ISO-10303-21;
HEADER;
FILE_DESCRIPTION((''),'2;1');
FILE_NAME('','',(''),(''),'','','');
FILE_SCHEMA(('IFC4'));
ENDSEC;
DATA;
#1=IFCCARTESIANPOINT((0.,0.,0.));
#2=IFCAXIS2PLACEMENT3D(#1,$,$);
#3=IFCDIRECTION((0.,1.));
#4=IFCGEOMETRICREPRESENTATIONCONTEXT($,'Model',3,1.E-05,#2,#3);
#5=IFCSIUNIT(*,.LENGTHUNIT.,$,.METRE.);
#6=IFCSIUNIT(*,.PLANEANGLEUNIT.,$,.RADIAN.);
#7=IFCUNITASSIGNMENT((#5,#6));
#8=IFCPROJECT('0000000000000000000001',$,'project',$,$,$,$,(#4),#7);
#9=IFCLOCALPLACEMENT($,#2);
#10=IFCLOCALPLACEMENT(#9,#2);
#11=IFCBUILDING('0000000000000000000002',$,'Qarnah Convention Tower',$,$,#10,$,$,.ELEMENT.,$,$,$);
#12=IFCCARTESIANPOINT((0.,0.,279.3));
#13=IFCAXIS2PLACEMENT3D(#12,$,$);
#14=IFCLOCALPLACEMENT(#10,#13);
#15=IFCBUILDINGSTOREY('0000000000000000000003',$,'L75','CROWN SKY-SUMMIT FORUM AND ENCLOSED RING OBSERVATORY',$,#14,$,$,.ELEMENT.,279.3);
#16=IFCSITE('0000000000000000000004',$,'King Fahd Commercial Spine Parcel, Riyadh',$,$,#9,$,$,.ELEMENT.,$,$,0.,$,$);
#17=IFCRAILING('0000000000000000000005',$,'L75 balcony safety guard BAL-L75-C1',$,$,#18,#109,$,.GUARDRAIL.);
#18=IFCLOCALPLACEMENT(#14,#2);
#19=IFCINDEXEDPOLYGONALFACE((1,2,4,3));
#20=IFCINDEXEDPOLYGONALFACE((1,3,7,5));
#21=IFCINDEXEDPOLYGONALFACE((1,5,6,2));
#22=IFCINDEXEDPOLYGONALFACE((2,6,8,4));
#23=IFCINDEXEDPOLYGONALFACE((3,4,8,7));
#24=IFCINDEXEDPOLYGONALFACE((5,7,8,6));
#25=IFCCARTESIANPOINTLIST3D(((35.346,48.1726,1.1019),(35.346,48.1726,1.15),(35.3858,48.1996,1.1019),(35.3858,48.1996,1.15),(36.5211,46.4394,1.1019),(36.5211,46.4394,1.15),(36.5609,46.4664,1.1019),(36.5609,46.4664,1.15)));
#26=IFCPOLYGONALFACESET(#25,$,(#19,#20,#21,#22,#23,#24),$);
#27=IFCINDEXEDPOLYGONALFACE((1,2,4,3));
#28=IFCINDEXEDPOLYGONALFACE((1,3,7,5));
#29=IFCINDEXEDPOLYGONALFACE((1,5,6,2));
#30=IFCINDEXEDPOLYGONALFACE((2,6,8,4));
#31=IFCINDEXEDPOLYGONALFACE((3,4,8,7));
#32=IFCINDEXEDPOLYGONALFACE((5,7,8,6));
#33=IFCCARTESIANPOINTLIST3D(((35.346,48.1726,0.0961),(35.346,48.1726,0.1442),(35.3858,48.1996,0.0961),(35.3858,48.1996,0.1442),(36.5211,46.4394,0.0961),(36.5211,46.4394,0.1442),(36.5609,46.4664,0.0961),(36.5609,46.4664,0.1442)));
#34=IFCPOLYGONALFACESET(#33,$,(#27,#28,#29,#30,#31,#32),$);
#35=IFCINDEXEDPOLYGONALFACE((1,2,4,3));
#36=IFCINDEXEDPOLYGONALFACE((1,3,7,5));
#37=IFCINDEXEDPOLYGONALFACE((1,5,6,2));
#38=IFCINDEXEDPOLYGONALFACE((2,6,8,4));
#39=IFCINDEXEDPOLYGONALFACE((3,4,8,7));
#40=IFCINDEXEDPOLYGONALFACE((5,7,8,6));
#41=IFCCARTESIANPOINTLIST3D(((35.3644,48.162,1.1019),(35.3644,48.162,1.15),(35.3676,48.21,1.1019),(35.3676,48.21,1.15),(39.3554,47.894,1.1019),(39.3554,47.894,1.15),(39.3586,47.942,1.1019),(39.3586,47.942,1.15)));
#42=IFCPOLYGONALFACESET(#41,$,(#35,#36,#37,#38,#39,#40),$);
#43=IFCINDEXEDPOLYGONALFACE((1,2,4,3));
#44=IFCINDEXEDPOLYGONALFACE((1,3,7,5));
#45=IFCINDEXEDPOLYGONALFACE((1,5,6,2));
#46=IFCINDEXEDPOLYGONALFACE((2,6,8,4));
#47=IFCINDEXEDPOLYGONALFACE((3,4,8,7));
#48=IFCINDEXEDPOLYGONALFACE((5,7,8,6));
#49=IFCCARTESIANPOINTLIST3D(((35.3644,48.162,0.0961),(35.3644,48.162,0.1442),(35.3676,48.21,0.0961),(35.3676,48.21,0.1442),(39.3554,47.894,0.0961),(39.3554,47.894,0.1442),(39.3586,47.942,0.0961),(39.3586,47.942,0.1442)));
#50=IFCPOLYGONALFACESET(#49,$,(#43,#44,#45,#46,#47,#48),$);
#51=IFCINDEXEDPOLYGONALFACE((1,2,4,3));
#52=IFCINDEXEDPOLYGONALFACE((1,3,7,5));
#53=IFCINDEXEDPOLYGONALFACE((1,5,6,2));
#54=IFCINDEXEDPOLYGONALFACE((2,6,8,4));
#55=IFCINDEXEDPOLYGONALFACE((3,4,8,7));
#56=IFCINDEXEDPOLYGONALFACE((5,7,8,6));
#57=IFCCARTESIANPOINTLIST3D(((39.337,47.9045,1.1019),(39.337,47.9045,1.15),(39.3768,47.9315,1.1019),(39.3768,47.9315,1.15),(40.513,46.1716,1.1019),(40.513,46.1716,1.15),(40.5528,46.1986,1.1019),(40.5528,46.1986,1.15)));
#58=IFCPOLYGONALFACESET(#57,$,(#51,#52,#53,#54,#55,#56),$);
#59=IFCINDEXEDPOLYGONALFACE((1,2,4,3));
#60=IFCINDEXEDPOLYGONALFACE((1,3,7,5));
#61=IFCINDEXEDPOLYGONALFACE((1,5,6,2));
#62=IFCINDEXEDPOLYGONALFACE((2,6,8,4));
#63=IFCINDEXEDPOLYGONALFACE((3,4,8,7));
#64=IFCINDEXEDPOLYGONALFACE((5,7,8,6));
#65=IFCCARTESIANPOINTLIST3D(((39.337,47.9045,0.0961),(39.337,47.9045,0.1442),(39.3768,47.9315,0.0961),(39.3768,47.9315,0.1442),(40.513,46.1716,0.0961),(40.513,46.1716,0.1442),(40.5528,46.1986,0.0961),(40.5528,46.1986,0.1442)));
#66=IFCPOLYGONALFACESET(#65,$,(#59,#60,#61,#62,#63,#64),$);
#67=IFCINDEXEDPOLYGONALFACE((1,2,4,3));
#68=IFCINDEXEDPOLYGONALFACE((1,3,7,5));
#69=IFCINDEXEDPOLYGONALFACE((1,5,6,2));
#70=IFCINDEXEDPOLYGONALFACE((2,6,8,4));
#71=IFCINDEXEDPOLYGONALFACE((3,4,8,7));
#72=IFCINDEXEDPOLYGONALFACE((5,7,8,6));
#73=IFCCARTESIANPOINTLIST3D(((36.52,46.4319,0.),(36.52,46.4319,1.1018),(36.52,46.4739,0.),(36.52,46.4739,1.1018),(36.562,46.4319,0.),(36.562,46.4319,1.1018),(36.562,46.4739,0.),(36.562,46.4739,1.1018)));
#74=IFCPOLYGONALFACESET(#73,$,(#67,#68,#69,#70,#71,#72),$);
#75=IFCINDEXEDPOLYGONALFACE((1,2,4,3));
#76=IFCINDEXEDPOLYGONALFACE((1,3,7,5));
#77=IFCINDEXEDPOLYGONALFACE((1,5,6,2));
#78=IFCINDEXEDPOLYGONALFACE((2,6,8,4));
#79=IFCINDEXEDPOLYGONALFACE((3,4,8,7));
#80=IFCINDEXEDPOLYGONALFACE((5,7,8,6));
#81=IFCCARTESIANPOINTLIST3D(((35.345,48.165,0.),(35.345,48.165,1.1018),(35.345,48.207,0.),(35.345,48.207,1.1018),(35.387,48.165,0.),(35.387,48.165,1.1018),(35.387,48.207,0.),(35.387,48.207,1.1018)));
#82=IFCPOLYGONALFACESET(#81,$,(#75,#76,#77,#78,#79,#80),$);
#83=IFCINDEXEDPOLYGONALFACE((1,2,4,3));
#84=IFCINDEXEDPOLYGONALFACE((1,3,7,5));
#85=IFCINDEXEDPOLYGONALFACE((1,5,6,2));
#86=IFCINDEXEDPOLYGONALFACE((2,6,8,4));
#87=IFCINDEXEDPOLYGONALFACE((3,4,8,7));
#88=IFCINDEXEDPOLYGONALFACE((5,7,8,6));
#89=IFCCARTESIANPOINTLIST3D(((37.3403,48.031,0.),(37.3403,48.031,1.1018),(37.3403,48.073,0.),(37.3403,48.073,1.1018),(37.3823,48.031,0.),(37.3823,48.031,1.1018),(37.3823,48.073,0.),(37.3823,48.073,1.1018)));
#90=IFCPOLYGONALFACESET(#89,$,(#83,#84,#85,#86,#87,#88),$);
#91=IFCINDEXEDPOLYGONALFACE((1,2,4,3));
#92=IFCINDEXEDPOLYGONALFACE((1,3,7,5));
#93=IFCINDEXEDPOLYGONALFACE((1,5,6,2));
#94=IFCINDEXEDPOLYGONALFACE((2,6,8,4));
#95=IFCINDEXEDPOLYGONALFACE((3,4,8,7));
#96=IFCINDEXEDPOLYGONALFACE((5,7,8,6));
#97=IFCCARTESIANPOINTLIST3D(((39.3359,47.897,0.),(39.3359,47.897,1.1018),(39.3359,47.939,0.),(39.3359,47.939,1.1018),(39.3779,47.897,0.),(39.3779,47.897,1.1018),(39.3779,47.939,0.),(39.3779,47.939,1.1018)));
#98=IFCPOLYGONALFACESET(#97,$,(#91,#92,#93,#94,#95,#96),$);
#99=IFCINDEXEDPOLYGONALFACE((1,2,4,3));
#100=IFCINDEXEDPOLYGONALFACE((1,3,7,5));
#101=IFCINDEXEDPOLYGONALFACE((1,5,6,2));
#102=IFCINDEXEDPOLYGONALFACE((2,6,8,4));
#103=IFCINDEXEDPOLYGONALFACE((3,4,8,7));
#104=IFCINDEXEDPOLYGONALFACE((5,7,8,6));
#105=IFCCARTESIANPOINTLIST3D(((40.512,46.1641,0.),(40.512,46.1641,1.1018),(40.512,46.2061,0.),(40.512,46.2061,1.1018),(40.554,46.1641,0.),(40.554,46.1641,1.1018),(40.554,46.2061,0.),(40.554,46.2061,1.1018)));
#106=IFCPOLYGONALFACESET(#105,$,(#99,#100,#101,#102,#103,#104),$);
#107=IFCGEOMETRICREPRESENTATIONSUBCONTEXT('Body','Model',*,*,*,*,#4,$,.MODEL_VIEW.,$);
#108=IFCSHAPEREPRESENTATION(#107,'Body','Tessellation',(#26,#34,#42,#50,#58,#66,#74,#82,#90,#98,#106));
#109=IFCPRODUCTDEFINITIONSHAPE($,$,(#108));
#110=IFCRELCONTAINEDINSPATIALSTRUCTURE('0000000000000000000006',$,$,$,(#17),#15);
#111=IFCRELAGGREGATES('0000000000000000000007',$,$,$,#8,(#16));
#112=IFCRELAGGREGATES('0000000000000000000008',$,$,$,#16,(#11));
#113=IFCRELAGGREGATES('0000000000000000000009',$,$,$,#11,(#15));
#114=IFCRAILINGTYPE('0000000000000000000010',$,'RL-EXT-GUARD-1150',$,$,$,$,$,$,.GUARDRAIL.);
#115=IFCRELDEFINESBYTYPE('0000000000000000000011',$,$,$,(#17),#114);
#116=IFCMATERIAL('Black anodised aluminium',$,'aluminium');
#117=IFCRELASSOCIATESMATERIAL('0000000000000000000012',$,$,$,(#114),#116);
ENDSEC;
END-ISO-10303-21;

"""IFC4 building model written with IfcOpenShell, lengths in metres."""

from ifc_helpers import new_model, si_unit, direction, frame, origin, origin_2d, place, context, subcontext, project, spatial, rectangle, extrude, material, type_object, element, save


model = new_model("IFC4")

# Units and contexts
model_context = context("Model", 3, precision=1e-05, world=origin(), true_north=direction((0.0, 1.0)))
body_context = subcontext(model_context, "Body", "Model", "MODEL_VIEW")
ifc_project = project(units=[si_unit("LENGTHUNIT", "METRE"), si_unit("PLANEANGLEUNIT", "RADIAN")], contexts=[model_context])

# Site, building, storey
site_placement = place(None, origin())
site = spatial("IfcSite", under=ifc_project, at=site_placement, Name="King Fahd Commercial Spine Parcel, Riyadh", CompositionType="ELEMENT", RefElevation=0.0)
building_placement = place(site_placement, origin())
building = spatial("IfcBuilding", under=site, at=building_placement, Name="Qarnah Convention Tower", CompositionType="ELEMENT")
storey_placement = place(building_placement, frame((0.0, 0.0, 279.3)))
storey = spatial("IfcBuildingStorey", under=building, at=storey_placement, Name="L75", Description="CROWN SKY-SUMMIT FORUM AND ENCLOSED RING OBSERVATORY", CompositionType="ELEMENT", Elevation=279.3)

# Shared definitions
ifc_material_1 = material(Name="Black anodised aluminium", Category="aluminium")

# Railing
railing_type = type_object("IfcRailingType", Name="RL-EXT-GUARD-1150", PredefinedType="GUARDRAIL", material=ifc_material_1)
railing_1_placement = place(storey_placement, frame((36.541, 46.4529, 0.0)))
element("IfcRailing", 1, at=railing_1_placement, inside=storey, type_object=railing_type, Name="L75 balcony safety guard BAL-L75-C1", PredefinedType="GUARDRAIL", context=body_context, shape_type="SweptSolid", body=[
    extrude(rectangle(XDim=0.0481, YDim=0.0481, at=origin_2d()), frame((0.0, 0.0, 1.126), z_axis=(-0.561168, 0.827702, 0.0), x_axis=(-0.827702, -0.561168, 0.0)), (0.0, 0.0, 1.0), 2.094),
    extrude(rectangle(XDim=0.0481, YDim=0.0481, at=origin_2d()), frame((0.0, 0.0, 0.1201), z_axis=(-0.561168, 0.827702, 0.0), x_axis=(-0.827702, -0.561168, 0.0)), (0.0, 0.0, 1.0), 2.094),
    extrude(rectangle(XDim=0.0481, YDim=0.0481, at=origin_2d()), frame((-1.175, 1.7332, 1.126), z_axis=(0.997752, -0.067017, 0.0), x_axis=(0.067017, 0.997752, 0.0)), (0.0, 0.0, 1.0), 4.0),
    extrude(rectangle(XDim=0.0481, YDim=0.0481, at=origin_2d()), frame((-1.175, 1.7332, 0.1201), z_axis=(0.997752, -0.067017, 0.0), x_axis=(0.067017, 0.997752, 0.0)), (0.0, 0.0, 1.0), 4.0),
    extrude(rectangle(XDim=0.0481, YDim=0.0481, at=origin_2d()), frame((2.8159, 1.4651, 1.126), z_axis=(0.561541, -0.827449, 0.0), x_axis=(0.827449, 0.561541, 0.0)), (0.0, 0.0, 1.0), 2.0942),
    extrude(rectangle(XDim=0.0481, YDim=0.0481, at=origin_2d()), frame((2.8159, 1.4651, 0.1201), z_axis=(0.561541, -0.827449, 0.0), x_axis=(0.827449, 0.561541, 0.0)), (0.0, 0.0, 1.0), 2.0942),
    extrude(rectangle(XDim=0.042, YDim=0.042, at=origin_2d()), origin(), (0.0, 0.0, 1.0), 1.1018),
    extrude(rectangle(XDim=0.042, YDim=0.042, at=origin_2d()), frame((-1.175, 1.7332, 0.0)), (0.0, 0.0, 1.0), 1.1018),
    extrude(rectangle(XDim=0.042, YDim=0.042, at=origin_2d()), frame((0.8203, 1.5991, 0.0)), (0.0, 0.0, 1.0), 1.1018),
    extrude(rectangle(XDim=0.042, YDim=0.042, at=origin_2d()), frame((2.8159, 1.4651, 0.0)), (0.0, 0.0, 1.0), 1.1018),
    extrude(rectangle(XDim=0.042, YDim=0.042, at=origin_2d()), frame((3.9919, -0.2678, 0.0)), (0.0, 0.0, 1.0), 1.1018),
])

save(model, "model.ifc")
